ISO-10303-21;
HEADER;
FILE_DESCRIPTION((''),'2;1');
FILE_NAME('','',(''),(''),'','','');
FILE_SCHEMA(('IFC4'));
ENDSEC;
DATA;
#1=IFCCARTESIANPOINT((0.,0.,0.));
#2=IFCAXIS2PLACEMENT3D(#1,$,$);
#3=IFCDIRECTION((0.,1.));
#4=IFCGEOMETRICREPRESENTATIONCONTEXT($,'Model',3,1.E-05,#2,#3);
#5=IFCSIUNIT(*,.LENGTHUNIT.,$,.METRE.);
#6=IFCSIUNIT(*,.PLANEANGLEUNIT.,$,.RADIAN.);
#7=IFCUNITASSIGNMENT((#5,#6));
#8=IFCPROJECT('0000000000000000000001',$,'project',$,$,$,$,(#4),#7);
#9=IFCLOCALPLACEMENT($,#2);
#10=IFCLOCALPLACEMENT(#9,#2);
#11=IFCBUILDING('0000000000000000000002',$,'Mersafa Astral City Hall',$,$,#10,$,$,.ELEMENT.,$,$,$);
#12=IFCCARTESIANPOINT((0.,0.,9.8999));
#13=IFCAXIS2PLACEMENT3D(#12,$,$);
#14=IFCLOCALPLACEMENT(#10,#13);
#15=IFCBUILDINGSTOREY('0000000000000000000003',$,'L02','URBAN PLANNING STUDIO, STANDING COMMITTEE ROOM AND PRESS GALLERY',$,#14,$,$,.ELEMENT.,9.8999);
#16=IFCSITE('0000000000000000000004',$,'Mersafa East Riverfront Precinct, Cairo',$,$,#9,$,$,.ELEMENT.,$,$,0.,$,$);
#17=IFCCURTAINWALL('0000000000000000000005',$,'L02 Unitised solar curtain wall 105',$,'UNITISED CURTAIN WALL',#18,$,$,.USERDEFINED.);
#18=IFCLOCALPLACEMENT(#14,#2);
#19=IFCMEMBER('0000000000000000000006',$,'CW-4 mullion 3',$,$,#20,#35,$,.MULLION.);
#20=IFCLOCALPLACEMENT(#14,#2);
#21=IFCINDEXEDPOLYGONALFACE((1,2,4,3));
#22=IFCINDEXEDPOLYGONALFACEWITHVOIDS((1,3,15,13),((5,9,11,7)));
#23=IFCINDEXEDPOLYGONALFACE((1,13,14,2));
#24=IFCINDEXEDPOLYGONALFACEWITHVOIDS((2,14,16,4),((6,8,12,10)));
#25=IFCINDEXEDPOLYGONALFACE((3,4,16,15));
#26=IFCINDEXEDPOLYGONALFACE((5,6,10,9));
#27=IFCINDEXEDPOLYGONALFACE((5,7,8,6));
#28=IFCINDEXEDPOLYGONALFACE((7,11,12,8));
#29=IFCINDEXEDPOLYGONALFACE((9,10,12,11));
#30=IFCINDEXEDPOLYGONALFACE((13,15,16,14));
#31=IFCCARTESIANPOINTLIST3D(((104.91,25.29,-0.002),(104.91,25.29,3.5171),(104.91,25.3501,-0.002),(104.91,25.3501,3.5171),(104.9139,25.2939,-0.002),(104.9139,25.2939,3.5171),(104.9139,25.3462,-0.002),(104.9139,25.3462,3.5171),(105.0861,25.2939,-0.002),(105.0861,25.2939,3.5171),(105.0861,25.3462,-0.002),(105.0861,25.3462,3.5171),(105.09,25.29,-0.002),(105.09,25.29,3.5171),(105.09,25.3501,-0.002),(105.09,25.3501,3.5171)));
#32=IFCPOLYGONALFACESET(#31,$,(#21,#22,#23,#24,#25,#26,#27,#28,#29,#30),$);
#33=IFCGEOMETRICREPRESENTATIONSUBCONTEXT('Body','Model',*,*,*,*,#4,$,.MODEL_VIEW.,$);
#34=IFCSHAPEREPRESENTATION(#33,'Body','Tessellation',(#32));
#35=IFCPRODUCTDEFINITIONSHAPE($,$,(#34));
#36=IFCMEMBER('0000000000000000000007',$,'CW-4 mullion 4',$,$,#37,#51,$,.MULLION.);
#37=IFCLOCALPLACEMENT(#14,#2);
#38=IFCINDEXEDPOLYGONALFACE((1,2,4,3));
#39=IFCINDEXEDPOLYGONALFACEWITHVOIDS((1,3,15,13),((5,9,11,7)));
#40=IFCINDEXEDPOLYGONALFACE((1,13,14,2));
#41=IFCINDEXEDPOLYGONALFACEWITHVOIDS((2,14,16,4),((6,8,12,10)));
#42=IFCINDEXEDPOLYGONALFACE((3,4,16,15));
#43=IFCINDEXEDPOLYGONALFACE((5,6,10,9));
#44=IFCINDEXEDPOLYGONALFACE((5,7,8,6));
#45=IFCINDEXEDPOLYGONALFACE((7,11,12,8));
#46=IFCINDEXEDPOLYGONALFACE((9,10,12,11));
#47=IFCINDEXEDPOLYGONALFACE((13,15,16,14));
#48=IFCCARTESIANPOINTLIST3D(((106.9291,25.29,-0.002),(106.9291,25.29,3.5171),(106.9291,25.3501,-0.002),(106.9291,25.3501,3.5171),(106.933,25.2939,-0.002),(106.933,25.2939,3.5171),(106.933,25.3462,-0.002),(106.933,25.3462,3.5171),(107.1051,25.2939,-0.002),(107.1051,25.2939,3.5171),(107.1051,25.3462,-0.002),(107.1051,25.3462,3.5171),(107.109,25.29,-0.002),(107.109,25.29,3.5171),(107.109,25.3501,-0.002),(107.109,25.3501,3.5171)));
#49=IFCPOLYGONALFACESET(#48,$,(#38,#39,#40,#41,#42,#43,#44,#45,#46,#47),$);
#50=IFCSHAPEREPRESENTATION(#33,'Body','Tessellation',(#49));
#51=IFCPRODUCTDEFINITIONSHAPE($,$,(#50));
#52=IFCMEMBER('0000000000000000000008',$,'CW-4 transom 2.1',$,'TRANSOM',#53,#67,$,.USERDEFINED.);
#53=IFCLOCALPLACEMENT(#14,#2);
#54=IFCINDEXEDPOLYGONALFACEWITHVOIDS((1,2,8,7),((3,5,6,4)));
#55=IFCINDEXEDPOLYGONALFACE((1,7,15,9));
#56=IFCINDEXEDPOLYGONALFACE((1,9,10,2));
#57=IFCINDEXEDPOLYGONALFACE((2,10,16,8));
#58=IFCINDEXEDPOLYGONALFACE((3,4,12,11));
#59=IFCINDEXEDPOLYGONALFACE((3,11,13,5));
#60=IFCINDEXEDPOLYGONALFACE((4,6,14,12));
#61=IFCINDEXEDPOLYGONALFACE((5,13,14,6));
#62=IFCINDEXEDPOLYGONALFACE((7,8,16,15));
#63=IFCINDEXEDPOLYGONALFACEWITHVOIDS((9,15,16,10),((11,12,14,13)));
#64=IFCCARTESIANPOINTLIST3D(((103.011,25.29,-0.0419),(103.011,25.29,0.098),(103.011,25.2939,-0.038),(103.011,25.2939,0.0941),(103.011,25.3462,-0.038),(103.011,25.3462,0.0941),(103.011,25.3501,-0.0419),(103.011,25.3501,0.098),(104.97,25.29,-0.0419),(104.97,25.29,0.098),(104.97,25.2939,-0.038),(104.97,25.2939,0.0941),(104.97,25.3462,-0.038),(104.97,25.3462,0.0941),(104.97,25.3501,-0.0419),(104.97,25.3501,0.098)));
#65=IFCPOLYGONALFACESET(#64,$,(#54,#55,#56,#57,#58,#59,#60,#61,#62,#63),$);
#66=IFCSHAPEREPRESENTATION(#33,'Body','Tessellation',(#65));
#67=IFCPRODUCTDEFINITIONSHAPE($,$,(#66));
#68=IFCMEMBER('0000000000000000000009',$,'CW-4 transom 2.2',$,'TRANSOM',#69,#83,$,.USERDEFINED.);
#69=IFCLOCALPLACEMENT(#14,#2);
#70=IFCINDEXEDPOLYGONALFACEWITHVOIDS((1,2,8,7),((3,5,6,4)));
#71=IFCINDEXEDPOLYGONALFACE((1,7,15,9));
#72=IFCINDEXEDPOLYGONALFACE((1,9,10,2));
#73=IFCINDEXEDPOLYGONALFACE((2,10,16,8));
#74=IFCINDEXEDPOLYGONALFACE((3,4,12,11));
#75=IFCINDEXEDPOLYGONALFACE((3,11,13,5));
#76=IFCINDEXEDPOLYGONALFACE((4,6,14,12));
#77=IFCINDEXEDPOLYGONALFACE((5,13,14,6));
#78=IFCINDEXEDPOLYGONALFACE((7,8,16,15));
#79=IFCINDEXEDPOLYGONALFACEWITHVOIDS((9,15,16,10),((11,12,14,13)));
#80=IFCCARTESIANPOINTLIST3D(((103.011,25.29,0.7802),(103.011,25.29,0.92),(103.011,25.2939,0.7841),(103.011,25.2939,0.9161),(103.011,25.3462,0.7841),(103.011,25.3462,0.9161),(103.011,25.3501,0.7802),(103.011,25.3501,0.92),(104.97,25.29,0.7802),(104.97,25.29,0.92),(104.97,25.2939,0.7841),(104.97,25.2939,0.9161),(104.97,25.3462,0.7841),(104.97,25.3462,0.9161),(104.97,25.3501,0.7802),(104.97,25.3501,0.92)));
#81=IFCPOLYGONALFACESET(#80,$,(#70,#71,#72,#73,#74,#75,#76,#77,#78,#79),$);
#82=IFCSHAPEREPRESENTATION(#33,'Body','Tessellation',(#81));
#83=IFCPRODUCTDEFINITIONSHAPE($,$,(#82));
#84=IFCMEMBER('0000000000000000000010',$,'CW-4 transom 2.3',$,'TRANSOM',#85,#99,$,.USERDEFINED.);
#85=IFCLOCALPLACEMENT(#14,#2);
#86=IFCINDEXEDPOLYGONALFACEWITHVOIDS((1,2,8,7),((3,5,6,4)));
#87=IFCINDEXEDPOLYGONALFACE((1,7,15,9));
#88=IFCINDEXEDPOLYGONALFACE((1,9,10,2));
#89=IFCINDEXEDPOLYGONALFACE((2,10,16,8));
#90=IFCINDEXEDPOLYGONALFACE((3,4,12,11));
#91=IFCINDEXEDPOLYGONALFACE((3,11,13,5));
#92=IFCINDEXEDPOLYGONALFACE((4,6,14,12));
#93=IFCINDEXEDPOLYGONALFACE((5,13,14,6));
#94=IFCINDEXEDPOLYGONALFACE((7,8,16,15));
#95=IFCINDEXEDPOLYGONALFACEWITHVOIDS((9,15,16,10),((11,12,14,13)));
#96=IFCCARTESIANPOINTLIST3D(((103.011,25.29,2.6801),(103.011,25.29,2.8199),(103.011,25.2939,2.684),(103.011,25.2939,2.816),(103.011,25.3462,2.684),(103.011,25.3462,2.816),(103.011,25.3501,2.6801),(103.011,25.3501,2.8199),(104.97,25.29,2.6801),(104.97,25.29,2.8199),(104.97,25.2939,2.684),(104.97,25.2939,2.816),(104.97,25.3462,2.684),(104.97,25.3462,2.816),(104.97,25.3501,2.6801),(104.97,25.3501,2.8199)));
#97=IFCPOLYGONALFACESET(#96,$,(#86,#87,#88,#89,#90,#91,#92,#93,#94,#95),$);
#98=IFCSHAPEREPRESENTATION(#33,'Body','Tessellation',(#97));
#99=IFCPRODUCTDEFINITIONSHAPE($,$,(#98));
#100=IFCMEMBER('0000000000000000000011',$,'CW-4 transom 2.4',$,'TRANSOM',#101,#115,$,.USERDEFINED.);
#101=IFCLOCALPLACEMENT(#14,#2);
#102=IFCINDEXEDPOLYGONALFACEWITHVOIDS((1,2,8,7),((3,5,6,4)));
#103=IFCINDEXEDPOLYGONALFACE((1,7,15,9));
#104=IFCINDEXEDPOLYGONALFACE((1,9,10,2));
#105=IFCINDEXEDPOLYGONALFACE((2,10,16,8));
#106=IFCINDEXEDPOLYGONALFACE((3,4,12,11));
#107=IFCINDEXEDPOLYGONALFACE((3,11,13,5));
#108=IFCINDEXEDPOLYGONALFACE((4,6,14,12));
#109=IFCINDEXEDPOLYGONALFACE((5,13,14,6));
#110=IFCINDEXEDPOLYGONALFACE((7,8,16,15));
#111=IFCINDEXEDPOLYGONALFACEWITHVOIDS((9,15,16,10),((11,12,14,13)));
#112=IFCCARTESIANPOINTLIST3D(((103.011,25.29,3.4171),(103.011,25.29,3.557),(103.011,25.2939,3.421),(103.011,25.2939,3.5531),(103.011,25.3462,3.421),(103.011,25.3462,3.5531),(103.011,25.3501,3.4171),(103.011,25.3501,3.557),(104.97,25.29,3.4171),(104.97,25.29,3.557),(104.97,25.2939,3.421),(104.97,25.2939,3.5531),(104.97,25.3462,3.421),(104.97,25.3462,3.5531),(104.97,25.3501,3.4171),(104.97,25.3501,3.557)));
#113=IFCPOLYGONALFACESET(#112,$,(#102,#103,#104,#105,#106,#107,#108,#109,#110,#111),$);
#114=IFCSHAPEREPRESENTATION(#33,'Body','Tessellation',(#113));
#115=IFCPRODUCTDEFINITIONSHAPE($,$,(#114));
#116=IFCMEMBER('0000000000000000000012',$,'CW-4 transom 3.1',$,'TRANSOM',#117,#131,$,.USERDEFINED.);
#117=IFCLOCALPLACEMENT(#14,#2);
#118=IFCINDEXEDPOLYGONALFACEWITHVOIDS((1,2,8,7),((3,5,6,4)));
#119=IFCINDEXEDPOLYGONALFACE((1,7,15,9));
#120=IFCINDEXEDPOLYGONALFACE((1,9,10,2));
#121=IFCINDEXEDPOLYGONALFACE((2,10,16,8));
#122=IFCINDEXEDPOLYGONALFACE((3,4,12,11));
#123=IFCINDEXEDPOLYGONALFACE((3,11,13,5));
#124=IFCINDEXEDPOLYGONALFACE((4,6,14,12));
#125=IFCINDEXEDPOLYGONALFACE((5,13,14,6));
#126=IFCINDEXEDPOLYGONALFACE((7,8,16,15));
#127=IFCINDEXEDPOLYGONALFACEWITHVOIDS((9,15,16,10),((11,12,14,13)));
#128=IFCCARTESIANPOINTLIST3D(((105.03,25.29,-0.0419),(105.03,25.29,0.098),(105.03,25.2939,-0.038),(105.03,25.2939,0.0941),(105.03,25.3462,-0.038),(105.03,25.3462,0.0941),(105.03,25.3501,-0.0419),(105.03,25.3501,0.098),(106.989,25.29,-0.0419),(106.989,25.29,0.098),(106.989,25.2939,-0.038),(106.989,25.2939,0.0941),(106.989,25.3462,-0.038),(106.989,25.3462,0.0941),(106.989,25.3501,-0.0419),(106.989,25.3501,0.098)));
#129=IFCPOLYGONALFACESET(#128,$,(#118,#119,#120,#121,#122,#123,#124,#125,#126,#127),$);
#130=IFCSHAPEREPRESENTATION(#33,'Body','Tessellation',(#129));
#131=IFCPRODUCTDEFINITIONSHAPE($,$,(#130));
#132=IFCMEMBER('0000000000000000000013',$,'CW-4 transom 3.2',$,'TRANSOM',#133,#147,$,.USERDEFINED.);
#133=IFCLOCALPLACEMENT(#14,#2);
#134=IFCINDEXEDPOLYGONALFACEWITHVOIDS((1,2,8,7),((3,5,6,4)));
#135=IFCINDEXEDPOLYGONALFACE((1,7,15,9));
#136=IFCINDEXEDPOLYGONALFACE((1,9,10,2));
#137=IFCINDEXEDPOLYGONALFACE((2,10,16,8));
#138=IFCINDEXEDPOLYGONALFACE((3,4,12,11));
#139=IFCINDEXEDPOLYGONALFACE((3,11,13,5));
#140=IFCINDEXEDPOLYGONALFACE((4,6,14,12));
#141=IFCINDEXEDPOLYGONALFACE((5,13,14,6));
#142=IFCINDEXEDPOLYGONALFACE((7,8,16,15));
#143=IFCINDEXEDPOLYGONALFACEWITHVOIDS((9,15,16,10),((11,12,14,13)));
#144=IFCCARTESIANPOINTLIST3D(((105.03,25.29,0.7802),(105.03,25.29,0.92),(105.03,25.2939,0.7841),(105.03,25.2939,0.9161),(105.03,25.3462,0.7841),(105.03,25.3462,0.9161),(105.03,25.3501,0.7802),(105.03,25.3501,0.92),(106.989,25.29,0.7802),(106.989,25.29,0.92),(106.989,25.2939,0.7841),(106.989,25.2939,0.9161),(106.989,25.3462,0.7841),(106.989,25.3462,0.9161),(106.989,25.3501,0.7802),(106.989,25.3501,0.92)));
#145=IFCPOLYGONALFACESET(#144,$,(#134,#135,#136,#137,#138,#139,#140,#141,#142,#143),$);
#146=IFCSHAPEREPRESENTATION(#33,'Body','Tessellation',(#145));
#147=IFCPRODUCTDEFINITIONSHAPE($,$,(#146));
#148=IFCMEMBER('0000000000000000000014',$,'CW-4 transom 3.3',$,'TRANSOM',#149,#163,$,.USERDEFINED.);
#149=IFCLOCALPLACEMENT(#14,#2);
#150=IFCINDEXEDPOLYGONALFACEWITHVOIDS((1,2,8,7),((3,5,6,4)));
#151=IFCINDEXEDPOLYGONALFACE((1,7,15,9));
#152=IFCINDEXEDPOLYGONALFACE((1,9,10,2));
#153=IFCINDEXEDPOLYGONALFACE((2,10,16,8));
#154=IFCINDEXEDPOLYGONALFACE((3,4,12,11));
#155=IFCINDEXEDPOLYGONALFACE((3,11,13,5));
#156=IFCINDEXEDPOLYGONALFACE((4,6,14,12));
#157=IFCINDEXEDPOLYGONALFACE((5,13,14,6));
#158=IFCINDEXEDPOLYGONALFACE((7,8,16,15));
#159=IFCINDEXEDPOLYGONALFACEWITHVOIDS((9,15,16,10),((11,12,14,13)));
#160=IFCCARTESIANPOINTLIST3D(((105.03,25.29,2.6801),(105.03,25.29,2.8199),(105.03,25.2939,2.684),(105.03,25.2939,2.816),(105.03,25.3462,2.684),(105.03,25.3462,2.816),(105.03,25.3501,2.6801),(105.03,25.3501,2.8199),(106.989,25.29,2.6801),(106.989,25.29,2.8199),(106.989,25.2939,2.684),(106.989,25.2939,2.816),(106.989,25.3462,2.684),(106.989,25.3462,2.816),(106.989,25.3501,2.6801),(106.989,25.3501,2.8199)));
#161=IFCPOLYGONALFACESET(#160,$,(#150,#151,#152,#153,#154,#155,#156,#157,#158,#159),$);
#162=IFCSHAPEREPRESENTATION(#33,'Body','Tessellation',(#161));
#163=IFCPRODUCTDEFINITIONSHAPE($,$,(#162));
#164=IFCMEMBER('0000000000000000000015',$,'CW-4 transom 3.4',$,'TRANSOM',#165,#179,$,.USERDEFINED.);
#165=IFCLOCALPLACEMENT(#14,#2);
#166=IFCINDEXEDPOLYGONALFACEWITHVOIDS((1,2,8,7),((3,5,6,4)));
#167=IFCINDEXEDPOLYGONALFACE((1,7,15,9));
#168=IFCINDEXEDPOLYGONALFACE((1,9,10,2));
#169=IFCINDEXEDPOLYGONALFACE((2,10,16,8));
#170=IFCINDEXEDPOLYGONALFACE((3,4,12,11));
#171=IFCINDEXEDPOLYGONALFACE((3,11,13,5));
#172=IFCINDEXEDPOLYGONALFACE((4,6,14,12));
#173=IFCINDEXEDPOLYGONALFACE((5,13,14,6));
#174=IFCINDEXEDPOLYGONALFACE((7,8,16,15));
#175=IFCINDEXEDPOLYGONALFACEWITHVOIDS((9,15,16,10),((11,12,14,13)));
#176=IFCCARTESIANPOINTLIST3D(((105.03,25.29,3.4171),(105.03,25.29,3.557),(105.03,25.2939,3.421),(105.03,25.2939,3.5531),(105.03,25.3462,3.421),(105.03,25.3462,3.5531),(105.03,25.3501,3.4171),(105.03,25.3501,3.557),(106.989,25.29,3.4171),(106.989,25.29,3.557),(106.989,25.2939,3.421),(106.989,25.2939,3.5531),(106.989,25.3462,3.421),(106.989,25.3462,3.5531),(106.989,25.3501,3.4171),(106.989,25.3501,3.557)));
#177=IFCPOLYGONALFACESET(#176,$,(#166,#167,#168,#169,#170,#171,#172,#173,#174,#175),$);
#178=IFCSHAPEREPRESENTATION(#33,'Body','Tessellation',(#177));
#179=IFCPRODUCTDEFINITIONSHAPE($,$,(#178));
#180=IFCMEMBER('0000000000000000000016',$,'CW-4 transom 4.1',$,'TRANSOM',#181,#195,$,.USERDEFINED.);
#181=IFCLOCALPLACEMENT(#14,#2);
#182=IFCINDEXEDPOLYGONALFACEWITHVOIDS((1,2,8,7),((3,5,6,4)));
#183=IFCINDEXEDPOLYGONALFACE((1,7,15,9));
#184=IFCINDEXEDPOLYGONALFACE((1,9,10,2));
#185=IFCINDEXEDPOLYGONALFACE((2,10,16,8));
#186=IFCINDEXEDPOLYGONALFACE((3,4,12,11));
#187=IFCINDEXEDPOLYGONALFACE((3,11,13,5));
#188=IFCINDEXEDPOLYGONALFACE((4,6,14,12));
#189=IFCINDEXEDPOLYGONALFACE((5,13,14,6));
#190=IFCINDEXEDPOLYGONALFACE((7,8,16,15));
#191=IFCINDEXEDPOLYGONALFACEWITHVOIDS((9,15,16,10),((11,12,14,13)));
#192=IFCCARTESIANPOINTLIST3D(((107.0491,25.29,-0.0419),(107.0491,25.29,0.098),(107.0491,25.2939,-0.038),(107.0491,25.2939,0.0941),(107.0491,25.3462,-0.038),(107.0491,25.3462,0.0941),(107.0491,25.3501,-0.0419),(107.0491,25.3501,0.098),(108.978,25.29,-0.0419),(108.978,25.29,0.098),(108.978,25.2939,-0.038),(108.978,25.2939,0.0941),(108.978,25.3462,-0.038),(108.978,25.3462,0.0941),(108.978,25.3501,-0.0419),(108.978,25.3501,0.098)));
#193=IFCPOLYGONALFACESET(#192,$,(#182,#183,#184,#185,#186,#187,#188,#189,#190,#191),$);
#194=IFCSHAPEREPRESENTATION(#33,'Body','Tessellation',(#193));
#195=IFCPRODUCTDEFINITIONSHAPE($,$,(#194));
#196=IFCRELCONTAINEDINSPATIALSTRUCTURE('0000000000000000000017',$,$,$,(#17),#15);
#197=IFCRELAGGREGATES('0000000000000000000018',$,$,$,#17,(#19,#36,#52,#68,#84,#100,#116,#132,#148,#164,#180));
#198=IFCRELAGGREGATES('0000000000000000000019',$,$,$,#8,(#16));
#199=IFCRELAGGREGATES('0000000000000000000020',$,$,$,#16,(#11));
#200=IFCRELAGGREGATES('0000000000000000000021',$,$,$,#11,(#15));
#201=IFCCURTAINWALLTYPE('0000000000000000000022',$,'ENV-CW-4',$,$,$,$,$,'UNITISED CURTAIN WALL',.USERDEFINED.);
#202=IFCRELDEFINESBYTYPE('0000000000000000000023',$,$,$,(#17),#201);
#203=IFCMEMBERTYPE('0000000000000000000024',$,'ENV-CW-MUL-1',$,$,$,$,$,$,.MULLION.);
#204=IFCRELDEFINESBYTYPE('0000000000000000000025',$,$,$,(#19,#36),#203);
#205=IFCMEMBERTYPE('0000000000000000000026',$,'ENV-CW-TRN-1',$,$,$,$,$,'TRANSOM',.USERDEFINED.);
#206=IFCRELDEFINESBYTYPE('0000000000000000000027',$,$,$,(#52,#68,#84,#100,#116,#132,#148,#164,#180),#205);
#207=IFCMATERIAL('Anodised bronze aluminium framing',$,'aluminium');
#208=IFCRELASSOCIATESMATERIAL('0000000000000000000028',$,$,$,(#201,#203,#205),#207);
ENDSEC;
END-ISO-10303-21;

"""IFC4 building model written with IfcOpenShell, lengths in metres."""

from ifc_helpers import new_model, si_unit, direction, frame, origin, origin_2d, place, context, subcontext, project, spatial, hollow_rectangle, extrude, material, material_profile, profile_set, type_object, element, aggregate, save


model = new_model("IFC4")

# Units and contexts
model_context = context("Model", 3, precision=1e-05, world=origin(), true_north=direction((0.0, 1.0)))
body_context = subcontext(model_context, "Body", "Model", "MODEL_VIEW")
ifc_project = project(units=[si_unit("LENGTHUNIT", "METRE"), si_unit("PLANEANGLEUNIT", "RADIAN")], contexts=[model_context])

# Site, building, storey
site_placement = place(None, origin())
site = spatial("IfcSite", under=ifc_project, at=site_placement, Name="Mersafa East Riverfront Precinct, Cairo", CompositionType="ELEMENT", RefElevation=0.0)
building_placement = place(site_placement, origin())
building = spatial("IfcBuilding", under=site, at=building_placement, Name="Mersafa Astral City Hall", CompositionType="ELEMENT")
storey_placement = place(building_placement, frame((0.0, 0.0, 9.8999)))
storey = spatial("IfcBuildingStorey", under=building, at=storey_placement, Name="L02", Description="URBAN PLANNING STUDIO, STANDING COMMITTEE ROOM AND PRESS GALLERY", CompositionType="ELEMENT", Elevation=9.8999)

# Curtain wall, members
ifc_material_1 = material(Name="Anodised bronze aluminium framing", Category="aluminium")
curtain_wall_type = type_object("IfcCurtainWallType", Name="ENV-CW-4", ElementType="UNITISED CURTAIN WALL", PredefinedType="USERDEFINED", material=ifc_material_1)
curtain_wall_placement = place(storey_placement, origin())
curtain_wall = element("IfcCurtainWall", 1, at=curtain_wall_placement, inside=storey, type_object=curtain_wall_type, Name="L02 Unitised solar curtain wall 105", ObjectType="UNITISED CURTAIN WALL", PredefinedType="USERDEFINED")
ifc_material_profile_1 = material_profile(ifc_material_1, hollow_rectangle(XDim=0.0601, YDim=0.1799, WallThickness=0.0039, at=origin_2d()), Name="RHS 60x180x4")
ifc_profile_set_1 = profile_set([ifc_material_profile_1], Name="Anodised bronze aluminium framing")
member_type_1 = type_object("IfcMemberType", Name="ENV-CW-MUL-1", PredefinedType="MULLION", material=ifc_profile_set_1)
member_1_placement = place(storey_placement, frame((105.0, 25.3201, -0.002), z_axis=(0.0, 0.0, 1.0), x_axis=(0.0, 1.0, 0.0)))
member_1 = element("IfcMember", 2, at=member_1_placement, type_object=member_type_1, Name="CW-4 mullion 3", PredefinedType="MULLION", context=body_context, shape_type="SweptSolid", body=[
    extrude(hollow_rectangle(XDim=0.0601, YDim=0.1799, WallThickness=0.0039, at=origin_2d()), origin(), (0.0, 0.0, 1.0), 3.519),
])
member_2_placement = place(storey_placement, frame((107.019, 25.3201, -0.002), z_axis=(0.0, 0.0, 1.0), x_axis=(0.0, 1.0, 0.0)))
member_2 = element("IfcMember", 3, at=member_2_placement, type_object=member_type_1, Name="CW-4 mullion 4", PredefinedType="MULLION", context=body_context, shape_type="SweptSolid", body=[
    extrude(hollow_rectangle(XDim=0.0601, YDim=0.1799, WallThickness=0.0039, at=origin_2d()), origin(), (0.0, 0.0, 1.0), 3.519),
])
ifc_material_profile_2 = material_profile(ifc_material_1, hollow_rectangle(XDim=0.0601, YDim=0.1399, WallThickness=0.0039, at=origin_2d()), Name="RHS 60x140x4")
ifc_profile_set_2 = profile_set([ifc_material_profile_2], Name="Anodised bronze aluminium framing")
member_type_2 = type_object("IfcMemberType", Name="ENV-CW-TRN-1", ElementType="TRANSOM", PredefinedType="USERDEFINED", material=ifc_profile_set_2)
member_3_placement = place(storey_placement, frame((103.011, 25.3201, 0.0281), z_axis=(1.0, 0.0, 0.0), x_axis=(0.0, 1.0, 0.0)))
member_3 = element("IfcMember", 4, at=member_3_placement, type_object=member_type_2, Name="CW-4 transom 2.1", ObjectType="TRANSOM", PredefinedType="USERDEFINED", context=body_context, shape_type="SweptSolid", body=[
    extrude(hollow_rectangle(XDim=0.0601, YDim=0.1399, WallThickness=0.0039, at=origin_2d()), origin(), (0.0, 0.0, 1.0), 1.959),
])
member_4_placement = place(storey_placement, frame((103.011, 25.3201, 0.8501), z_axis=(1.0, 0.0, 0.0), x_axis=(0.0, 1.0, 0.0)))
member_4 = element("IfcMember", 5, at=member_4_placement, type_object=member_type_2, Name="CW-4 transom 2.2", ObjectType="TRANSOM", PredefinedType="USERDEFINED", context=body_context, shape_type="SweptSolid", body=[
    extrude(hollow_rectangle(XDim=0.0601, YDim=0.1399, WallThickness=0.0039, at=origin_2d()), origin(), (0.0, 0.0, 1.0), 1.959),
])
member_5_placement = place(storey_placement, frame((103.011, 25.3201, 2.75), z_axis=(1.0, 0.0, 0.0), x_axis=(0.0, 1.0, 0.0)))
member_5 = element("IfcMember", 6, at=member_5_placement, type_object=member_type_2, Name="CW-4 transom 2.3", ObjectType="TRANSOM", PredefinedType="USERDEFINED", context=body_context, shape_type="SweptSolid", body=[
    extrude(hollow_rectangle(XDim=0.0601, YDim=0.1399, WallThickness=0.0039, at=origin_2d()), origin(), (0.0, 0.0, 1.0), 1.959),
])
member_6_placement = place(storey_placement, frame((103.011, 25.3201, 3.4871), z_axis=(1.0, 0.0, 0.0), x_axis=(0.0, 1.0, 0.0)))
member_6 = element("IfcMember", 7, at=member_6_placement, type_object=member_type_2, Name="CW-4 transom 2.4", ObjectType="TRANSOM", PredefinedType="USERDEFINED", context=body_context, shape_type="SweptSolid", body=[
    extrude(hollow_rectangle(XDim=0.0601, YDim=0.1399, WallThickness=0.0039, at=origin_2d()), origin(), (0.0, 0.0, 1.0), 1.959),
])
member_7_placement = place(storey_placement, frame((105.03, 25.3201, 0.0281), z_axis=(1.0, 0.0, 0.0), x_axis=(0.0, 1.0, 0.0)))
member_7 = element("IfcMember", 8, at=member_7_placement, type_object=member_type_2, Name="CW-4 transom 3.1", ObjectType="TRANSOM", PredefinedType="USERDEFINED", context=body_context, shape_type="SweptSolid", body=[
    extrude(hollow_rectangle(XDim=0.0601, YDim=0.1399, WallThickness=0.0039, at=origin_2d()), origin(), (0.0, 0.0, 1.0), 1.959),
])
member_8_placement = place(storey_placement, frame((105.03, 25.3201, 0.8501), z_axis=(1.0, 0.0, 0.0), x_axis=(0.0, 1.0, 0.0)))
member_8 = element("IfcMember", 9, at=member_8_placement, type_object=member_type_2, Name="CW-4 transom 3.2", ObjectType="TRANSOM", PredefinedType="USERDEFINED", context=body_context, shape_type="SweptSolid", body=[
    extrude(hollow_rectangle(XDim=0.0601, YDim=0.1399, WallThickness=0.0039, at=origin_2d()), origin(), (0.0, 0.0, 1.0), 1.959),
])
member_9_placement = place(storey_placement, frame((105.03, 25.3201, 2.75), z_axis=(1.0, 0.0, 0.0), x_axis=(0.0, 1.0, 0.0)))
member_9 = element("IfcMember", 10, at=member_9_placement, type_object=member_type_2, Name="CW-4 transom 3.3", ObjectType="TRANSOM", PredefinedType="USERDEFINED", context=body_context, shape_type="SweptSolid", body=[
    extrude(hollow_rectangle(XDim=0.0601, YDim=0.1399, WallThickness=0.0039, at=origin_2d()), origin(), (0.0, 0.0, 1.0), 1.959),
])
member_10_placement = place(storey_placement, frame((105.03, 25.3201, 3.4871), z_axis=(1.0, 0.0, 0.0), x_axis=(0.0, 1.0, 0.0)))
member_10 = element("IfcMember", 11, at=member_10_placement, type_object=member_type_2, Name="CW-4 transom 3.4", ObjectType="TRANSOM", PredefinedType="USERDEFINED", context=body_context, shape_type="SweptSolid", body=[
    extrude(hollow_rectangle(XDim=0.0601, YDim=0.1399, WallThickness=0.0039, at=origin_2d()), origin(), (0.0, 0.0, 1.0), 1.959),
])
member_11_placement = place(storey_placement, frame((107.0491, 25.3201, 0.0281), z_axis=(1.0, 0.0, 0.0), x_axis=(0.0, 1.0, 0.0)))
member_11 = element("IfcMember", 12, at=member_11_placement, type_object=member_type_2, Name="CW-4 transom 4.1", ObjectType="TRANSOM", PredefinedType="USERDEFINED", context=body_context, shape_type="SweptSolid", body=[
    extrude(hollow_rectangle(XDim=0.0601, YDim=0.1399, WallThickness=0.0039, at=origin_2d()), origin(), (0.0, 0.0, 1.0), 1.929),
])

aggregate(curtain_wall, [member_1, member_2, member_3, member_4, member_5, member_6, member_7, member_8, member_9, member_10, member_11])

save(model, "model.ifc")
